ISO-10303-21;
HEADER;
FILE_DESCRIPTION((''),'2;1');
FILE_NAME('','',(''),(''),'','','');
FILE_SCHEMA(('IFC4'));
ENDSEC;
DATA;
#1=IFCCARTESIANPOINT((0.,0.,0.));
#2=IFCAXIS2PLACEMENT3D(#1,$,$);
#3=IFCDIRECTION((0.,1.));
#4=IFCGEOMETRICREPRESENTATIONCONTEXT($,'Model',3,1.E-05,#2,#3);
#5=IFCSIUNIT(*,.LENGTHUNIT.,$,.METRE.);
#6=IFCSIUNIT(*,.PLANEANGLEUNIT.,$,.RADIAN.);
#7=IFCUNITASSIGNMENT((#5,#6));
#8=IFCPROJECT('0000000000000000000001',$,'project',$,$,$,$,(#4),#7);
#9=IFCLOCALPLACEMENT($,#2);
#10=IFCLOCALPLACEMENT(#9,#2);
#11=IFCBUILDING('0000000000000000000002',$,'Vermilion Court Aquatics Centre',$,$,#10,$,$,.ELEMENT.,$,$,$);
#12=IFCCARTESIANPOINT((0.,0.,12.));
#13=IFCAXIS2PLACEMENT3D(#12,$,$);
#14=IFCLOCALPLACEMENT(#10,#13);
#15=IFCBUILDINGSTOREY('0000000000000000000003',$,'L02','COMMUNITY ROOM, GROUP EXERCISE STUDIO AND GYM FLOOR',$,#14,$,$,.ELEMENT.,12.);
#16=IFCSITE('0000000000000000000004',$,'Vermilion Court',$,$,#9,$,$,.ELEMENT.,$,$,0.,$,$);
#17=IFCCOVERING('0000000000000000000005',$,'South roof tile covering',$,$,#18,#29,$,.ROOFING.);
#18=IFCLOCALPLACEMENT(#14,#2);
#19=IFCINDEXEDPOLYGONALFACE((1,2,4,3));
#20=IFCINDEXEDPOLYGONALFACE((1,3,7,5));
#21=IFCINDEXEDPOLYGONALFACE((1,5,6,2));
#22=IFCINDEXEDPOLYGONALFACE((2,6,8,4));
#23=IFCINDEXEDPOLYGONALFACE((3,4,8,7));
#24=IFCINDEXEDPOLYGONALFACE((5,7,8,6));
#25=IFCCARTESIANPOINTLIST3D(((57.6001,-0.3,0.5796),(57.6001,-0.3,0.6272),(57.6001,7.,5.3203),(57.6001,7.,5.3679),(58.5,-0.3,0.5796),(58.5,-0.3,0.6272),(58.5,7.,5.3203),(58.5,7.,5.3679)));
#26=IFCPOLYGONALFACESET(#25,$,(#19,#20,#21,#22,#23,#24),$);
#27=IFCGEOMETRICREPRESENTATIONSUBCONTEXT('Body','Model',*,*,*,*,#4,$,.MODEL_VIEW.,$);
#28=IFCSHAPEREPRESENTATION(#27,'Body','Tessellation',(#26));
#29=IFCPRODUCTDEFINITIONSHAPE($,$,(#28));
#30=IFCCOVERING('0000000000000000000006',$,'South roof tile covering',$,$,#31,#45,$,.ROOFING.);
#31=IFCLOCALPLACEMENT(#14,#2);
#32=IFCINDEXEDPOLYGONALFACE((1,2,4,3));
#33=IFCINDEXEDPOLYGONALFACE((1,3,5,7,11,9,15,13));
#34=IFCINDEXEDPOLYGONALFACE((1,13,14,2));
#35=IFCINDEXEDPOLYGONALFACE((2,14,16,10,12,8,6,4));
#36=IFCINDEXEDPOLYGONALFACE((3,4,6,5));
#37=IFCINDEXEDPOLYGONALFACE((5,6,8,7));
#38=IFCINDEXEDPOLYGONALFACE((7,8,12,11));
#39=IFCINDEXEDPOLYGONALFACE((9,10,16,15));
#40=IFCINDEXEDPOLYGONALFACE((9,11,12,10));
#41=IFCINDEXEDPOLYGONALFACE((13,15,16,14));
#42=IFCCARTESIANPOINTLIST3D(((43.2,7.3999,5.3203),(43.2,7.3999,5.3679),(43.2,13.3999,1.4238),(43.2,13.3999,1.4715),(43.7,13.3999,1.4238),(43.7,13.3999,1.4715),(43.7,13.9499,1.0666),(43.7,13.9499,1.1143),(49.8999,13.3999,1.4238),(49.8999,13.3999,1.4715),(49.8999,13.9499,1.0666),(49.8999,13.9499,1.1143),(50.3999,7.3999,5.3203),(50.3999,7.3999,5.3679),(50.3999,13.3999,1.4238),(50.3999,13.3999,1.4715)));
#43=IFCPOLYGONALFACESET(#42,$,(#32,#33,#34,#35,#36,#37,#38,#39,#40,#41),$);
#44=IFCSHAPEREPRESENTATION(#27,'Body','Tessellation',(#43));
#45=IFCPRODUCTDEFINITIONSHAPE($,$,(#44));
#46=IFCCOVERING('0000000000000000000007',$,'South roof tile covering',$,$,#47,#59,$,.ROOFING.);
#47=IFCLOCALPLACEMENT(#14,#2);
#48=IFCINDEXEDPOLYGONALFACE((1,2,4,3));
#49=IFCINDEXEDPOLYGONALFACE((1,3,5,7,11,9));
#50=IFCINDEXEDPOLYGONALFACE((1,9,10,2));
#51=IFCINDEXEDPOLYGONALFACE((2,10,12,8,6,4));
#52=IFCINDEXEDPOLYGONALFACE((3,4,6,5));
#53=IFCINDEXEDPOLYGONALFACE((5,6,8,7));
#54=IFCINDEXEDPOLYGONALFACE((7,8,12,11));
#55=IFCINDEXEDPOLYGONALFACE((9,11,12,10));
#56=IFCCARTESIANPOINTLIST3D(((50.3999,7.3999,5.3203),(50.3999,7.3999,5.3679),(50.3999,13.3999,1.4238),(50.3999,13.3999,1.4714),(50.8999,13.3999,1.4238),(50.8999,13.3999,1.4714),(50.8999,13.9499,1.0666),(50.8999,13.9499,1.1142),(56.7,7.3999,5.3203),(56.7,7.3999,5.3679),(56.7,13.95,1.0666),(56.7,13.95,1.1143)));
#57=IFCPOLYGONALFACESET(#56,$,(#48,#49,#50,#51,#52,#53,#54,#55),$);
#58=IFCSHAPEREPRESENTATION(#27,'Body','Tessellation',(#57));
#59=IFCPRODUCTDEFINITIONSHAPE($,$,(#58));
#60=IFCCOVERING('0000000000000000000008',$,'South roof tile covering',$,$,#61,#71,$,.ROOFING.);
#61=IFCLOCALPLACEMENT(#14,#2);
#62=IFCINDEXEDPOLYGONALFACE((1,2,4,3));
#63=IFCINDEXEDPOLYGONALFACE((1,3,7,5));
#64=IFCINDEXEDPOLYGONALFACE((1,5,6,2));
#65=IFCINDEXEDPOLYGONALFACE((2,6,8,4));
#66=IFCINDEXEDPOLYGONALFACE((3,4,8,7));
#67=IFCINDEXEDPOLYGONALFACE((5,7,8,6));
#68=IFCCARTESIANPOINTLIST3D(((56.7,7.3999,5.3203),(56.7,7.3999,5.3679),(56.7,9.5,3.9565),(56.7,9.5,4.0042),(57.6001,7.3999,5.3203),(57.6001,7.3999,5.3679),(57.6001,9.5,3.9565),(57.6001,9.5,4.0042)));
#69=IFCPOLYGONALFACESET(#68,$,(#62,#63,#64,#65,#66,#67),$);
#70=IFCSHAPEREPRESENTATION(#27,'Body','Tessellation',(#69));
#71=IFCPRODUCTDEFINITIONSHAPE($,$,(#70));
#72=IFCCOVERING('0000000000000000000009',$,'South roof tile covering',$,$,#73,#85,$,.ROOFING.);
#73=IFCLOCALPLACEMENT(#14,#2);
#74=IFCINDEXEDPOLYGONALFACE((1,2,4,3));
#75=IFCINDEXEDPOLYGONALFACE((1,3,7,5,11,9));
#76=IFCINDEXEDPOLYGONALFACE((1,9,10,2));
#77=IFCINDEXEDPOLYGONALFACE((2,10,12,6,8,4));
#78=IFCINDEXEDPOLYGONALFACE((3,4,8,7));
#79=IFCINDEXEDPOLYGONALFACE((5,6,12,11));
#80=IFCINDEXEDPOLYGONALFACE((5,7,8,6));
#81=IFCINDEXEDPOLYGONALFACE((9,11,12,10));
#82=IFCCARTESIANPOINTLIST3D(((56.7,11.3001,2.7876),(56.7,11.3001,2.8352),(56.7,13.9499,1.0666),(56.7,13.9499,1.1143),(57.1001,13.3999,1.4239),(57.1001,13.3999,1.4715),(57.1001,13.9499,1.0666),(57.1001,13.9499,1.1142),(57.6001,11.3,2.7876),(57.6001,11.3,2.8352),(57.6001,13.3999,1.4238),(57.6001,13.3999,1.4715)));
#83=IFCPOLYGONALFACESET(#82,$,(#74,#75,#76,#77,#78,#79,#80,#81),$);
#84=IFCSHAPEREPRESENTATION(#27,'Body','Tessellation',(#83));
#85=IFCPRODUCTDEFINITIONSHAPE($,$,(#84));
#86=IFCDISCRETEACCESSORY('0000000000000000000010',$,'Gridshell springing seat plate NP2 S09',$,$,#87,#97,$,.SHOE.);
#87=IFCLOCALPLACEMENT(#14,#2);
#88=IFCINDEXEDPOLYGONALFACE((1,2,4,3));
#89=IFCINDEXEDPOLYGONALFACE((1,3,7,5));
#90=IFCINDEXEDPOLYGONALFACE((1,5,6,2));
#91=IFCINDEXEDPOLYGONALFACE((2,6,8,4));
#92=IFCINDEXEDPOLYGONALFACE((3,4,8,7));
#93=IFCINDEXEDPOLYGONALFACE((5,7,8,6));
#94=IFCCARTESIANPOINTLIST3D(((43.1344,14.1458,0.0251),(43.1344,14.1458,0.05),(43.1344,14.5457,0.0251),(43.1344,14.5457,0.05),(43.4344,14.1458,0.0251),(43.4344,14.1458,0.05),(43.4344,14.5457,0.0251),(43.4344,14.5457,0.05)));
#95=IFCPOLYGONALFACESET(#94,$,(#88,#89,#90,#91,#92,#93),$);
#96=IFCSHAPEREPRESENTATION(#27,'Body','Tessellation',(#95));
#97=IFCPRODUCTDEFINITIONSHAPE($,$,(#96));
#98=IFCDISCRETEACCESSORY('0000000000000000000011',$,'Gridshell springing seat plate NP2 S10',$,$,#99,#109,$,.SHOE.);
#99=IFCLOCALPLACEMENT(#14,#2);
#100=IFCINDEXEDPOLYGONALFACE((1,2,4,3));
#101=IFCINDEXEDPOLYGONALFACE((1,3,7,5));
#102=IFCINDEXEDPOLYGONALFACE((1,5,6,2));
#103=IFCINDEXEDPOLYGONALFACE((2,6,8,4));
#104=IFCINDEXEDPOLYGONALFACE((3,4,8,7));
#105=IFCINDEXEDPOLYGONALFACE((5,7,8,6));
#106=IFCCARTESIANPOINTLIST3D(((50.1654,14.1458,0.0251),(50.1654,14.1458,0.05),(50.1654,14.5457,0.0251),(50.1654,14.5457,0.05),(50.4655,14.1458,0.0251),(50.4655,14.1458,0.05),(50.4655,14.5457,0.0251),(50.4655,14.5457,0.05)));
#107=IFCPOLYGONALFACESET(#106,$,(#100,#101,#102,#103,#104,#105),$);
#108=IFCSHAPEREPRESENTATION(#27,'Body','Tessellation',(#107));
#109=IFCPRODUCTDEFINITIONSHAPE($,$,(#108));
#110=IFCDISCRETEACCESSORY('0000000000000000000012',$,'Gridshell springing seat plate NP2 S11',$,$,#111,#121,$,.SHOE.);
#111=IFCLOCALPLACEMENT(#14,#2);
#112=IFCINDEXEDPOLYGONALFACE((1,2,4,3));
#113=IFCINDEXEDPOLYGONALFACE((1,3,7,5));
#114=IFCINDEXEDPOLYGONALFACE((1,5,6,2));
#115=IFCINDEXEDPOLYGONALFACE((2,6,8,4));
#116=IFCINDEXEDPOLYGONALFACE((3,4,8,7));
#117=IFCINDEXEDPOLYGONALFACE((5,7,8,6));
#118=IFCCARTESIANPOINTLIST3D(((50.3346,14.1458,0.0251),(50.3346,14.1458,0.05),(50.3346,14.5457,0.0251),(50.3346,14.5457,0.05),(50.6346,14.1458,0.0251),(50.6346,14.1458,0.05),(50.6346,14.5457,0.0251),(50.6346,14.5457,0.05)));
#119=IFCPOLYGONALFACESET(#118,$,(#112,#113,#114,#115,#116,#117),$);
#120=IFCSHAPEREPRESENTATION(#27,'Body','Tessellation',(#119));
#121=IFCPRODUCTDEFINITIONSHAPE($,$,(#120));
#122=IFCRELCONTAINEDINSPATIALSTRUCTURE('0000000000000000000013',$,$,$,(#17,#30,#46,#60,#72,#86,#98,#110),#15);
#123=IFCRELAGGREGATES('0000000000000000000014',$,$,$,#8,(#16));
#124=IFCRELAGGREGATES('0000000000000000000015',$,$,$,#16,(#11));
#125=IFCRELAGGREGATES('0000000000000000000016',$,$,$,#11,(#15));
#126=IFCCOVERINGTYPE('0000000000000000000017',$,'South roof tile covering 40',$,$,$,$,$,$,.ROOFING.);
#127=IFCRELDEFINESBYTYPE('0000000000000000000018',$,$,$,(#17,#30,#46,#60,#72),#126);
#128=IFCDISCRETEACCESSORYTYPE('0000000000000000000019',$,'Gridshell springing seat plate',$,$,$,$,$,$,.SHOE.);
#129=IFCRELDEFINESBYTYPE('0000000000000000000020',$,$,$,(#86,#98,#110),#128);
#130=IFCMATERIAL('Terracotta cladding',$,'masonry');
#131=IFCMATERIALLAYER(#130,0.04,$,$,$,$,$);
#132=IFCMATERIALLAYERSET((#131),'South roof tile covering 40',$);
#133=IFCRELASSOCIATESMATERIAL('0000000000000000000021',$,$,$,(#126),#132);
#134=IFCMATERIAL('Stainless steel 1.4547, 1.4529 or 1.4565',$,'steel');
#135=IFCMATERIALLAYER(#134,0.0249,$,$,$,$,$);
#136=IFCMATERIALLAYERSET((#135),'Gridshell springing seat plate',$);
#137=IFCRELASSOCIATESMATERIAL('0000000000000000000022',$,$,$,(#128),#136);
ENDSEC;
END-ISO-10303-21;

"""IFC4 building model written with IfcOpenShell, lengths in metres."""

from ifc_helpers import new_model, si_unit, direction, frame, origin, origin_2d, place, context, subcontext, project, spatial, polyline, rectangle, outline, extrude, material, layer, layer_set, type_object, element, save


model = new_model("IFC4")

# Units and contexts
model_context = context("Model", 3, precision=1e-05, world=origin(), true_north=direction((0.0, 1.0)))
body_context = subcontext(model_context, "Body", "Model", "MODEL_VIEW")
ifc_project = project(units=[si_unit("LENGTHUNIT", "METRE"), si_unit("PLANEANGLEUNIT", "RADIAN")], contexts=[model_context])

# Site, building, storey
site_placement = place(None, origin())
site = spatial("IfcSite", under=ifc_project, at=site_placement, Name="Vermilion Court", CompositionType="ELEMENT", RefElevation=0.0)
building_placement = place(site_placement, origin())
building = spatial("IfcBuilding", under=site, at=building_placement, Name="Vermilion Court Aquatics Centre", CompositionType="ELEMENT")
storey_placement = place(building_placement, frame((0.0, 0.0, 12.0)))
storey = spatial("IfcBuildingStorey", under=building, at=storey_placement, Name="L02", Description="COMMUNITY ROOM, GROUP EXERCISE STUDIO AND GYM FLOOR", CompositionType="ELEMENT", Elevation=12.0)

# Coverings
ifc_material_1 = material(Name="Terracotta cladding", Category="masonry")
ifc_layer_1 = layer(ifc_material_1, 0.04)
ifc_layer_set_1 = layer_set([ifc_layer_1], Name="South roof tile covering 40")
covering_type = type_object("IfcCoveringType", Name="South roof tile covering 40", PredefinedType="ROOFING", material=ifc_layer_set_1)
covering_1_placement = place(storey_placement, frame((57.6001, -0.3, 0.6272), z_axis=(0.0, -0.54464, 0.83867), x_axis=(0.0, 0.83867, 0.54464)))
element("IfcCovering", 1, at=covering_1_placement, inside=storey, type_object=covering_type, Name="South roof tile covering", PredefinedType="ROOFING", context=body_context, shape_type="SweptSolid", body=[
    extrude(outline(polyline([(0.0, 0.0), (8.7043, 0.0), (8.7043, -0.8999), (0.0, -0.8999), (0.0, 0.0)])), origin(), (-0.54464, 0.0, -0.83867), 0.0476),
])
covering_2_placement = place(storey_placement, frame((50.3999, 7.3999, 5.3679), z_axis=(0.0, 0.54464, 0.83867), x_axis=(-1.0, 0.0, 0.0)))
element("IfcCovering", 2, at=covering_2_placement, inside=storey, type_object=covering_type, Name="South roof tile covering", PredefinedType="ROOFING", context=body_context, shape_type="SweptSolid", body=[
    extrude(outline(polyline([(0.0, 0.0), (7.2, 0.0), (7.2, -7.1542), (6.7, -7.1542), (6.7, -7.81), (0.5, -7.81), (0.5, -7.1542), (0.0, -7.1542), (0.0, 0.0)])), origin(), (0.0, -0.54464, -0.83867), 0.0476),
])
covering_3_placement = place(storey_placement, frame((56.7, 7.3999, 5.3679), z_axis=(-0.000002, 0.54464, 0.83867), x_axis=(-1.0, -0.000001, -0.000002)))
element("IfcCovering", 3, at=covering_3_placement, inside=storey, type_object=covering_type, Name="South roof tile covering", PredefinedType="ROOFING", context=body_context, shape_type="SweptSolid", body=[
    extrude(outline(polyline([(0.0, 0.0), (6.3, 0.0), (6.3, -7.1542), (5.8, -7.1542), (5.8, -7.81), (0.0, -7.81), (0.0, 0.0)])), origin(), (0.000002, -0.54464, -0.83867), 0.0476),
])
covering_4_placement = place(storey_placement, frame((57.6001, 7.3999, 5.3679), z_axis=(0.0, 0.544625, 0.83868), x_axis=(-1.0, 0.0, 0.0)))
element("IfcCovering", 4, at=covering_4_placement, inside=storey, type_object=covering_type, Name="South roof tile covering", PredefinedType="ROOFING", context=body_context, shape_type="SweptSolid", body=[
    extrude(outline(polyline([(0.0, 0.0), (0.9001, 0.0), (0.9001, -2.5041), (0.0, -2.5041), (0.0, 0.0)])), origin(), (0.0, -0.544625, -0.83868), 0.0476),
])
covering_5_placement = place(storey_placement, frame((57.6001, 11.3, 2.8352), z_axis=(0.000024, 0.544663, 0.838655), x_axis=(-1.0, 0.000013, 0.00002)))
element("IfcCovering", 5, at=covering_5_placement, inside=storey, type_object=covering_type, Name="South roof tile covering", PredefinedType="ROOFING", context=body_context, shape_type="SweptSolid", body=[
    extrude(outline(polyline([(0.0, 0.0), (0.9001, 0.0), (0.9001, -3.1597), (0.5, -3.1597), (0.5, -2.5038), (0.0, -2.5038), (0.0, 0.0)])), origin(), (-0.00002, -0.544663, -0.838655), 0.0476),
])

# Discrete accessories
ifc_material_2 = material(Name="Stainless steel 1.4547, 1.4529 or 1.4565", Category="steel")
ifc_layer_2 = layer(ifc_material_2, 0.0249)
ifc_layer_set_2 = layer_set([ifc_layer_2], Name="Gridshell springing seat plate")
discrete_accessory_type = type_object("IfcDiscreteAccessoryType", Name="Gridshell springing seat plate", PredefinedType="SHOE", material=ifc_layer_set_2)
for number, where, z_axis, x_axis, name in (
    (6, (43.2844, 14.3457, 0.0251), (0.0, 0.0, 1.0), (1.0, 0.0, 0.0), "Gridshell springing seat plate NP2 S09"),
    (7, (50.3154, 14.3457, 0.0251), (0.0, 0.0, 1.0), (1.0, 0.0, 0.0), "Gridshell springing seat plate NP2 S10"),
    (8, (50.4846, 14.3457, 0.0251), (0.0, 0.0, 1.0), (1.0, 0.0, 0.0), "Gridshell springing seat plate NP2 S11"),
):
    element("IfcDiscreteAccessory", number, at=place(storey_placement, frame(where, z_axis=z_axis, x_axis=x_axis)), inside=storey, type_object=discrete_accessory_type, Name=name, PredefinedType="SHOE", context=body_context, shape_type="SweptSolid", body=[
        extrude(rectangle(XDim=0.3, YDim=0.3999, at=origin_2d()), origin(), (0.0, 0.0, 1.0), 0.0249),
    ])

save(model, "model.ifc")
